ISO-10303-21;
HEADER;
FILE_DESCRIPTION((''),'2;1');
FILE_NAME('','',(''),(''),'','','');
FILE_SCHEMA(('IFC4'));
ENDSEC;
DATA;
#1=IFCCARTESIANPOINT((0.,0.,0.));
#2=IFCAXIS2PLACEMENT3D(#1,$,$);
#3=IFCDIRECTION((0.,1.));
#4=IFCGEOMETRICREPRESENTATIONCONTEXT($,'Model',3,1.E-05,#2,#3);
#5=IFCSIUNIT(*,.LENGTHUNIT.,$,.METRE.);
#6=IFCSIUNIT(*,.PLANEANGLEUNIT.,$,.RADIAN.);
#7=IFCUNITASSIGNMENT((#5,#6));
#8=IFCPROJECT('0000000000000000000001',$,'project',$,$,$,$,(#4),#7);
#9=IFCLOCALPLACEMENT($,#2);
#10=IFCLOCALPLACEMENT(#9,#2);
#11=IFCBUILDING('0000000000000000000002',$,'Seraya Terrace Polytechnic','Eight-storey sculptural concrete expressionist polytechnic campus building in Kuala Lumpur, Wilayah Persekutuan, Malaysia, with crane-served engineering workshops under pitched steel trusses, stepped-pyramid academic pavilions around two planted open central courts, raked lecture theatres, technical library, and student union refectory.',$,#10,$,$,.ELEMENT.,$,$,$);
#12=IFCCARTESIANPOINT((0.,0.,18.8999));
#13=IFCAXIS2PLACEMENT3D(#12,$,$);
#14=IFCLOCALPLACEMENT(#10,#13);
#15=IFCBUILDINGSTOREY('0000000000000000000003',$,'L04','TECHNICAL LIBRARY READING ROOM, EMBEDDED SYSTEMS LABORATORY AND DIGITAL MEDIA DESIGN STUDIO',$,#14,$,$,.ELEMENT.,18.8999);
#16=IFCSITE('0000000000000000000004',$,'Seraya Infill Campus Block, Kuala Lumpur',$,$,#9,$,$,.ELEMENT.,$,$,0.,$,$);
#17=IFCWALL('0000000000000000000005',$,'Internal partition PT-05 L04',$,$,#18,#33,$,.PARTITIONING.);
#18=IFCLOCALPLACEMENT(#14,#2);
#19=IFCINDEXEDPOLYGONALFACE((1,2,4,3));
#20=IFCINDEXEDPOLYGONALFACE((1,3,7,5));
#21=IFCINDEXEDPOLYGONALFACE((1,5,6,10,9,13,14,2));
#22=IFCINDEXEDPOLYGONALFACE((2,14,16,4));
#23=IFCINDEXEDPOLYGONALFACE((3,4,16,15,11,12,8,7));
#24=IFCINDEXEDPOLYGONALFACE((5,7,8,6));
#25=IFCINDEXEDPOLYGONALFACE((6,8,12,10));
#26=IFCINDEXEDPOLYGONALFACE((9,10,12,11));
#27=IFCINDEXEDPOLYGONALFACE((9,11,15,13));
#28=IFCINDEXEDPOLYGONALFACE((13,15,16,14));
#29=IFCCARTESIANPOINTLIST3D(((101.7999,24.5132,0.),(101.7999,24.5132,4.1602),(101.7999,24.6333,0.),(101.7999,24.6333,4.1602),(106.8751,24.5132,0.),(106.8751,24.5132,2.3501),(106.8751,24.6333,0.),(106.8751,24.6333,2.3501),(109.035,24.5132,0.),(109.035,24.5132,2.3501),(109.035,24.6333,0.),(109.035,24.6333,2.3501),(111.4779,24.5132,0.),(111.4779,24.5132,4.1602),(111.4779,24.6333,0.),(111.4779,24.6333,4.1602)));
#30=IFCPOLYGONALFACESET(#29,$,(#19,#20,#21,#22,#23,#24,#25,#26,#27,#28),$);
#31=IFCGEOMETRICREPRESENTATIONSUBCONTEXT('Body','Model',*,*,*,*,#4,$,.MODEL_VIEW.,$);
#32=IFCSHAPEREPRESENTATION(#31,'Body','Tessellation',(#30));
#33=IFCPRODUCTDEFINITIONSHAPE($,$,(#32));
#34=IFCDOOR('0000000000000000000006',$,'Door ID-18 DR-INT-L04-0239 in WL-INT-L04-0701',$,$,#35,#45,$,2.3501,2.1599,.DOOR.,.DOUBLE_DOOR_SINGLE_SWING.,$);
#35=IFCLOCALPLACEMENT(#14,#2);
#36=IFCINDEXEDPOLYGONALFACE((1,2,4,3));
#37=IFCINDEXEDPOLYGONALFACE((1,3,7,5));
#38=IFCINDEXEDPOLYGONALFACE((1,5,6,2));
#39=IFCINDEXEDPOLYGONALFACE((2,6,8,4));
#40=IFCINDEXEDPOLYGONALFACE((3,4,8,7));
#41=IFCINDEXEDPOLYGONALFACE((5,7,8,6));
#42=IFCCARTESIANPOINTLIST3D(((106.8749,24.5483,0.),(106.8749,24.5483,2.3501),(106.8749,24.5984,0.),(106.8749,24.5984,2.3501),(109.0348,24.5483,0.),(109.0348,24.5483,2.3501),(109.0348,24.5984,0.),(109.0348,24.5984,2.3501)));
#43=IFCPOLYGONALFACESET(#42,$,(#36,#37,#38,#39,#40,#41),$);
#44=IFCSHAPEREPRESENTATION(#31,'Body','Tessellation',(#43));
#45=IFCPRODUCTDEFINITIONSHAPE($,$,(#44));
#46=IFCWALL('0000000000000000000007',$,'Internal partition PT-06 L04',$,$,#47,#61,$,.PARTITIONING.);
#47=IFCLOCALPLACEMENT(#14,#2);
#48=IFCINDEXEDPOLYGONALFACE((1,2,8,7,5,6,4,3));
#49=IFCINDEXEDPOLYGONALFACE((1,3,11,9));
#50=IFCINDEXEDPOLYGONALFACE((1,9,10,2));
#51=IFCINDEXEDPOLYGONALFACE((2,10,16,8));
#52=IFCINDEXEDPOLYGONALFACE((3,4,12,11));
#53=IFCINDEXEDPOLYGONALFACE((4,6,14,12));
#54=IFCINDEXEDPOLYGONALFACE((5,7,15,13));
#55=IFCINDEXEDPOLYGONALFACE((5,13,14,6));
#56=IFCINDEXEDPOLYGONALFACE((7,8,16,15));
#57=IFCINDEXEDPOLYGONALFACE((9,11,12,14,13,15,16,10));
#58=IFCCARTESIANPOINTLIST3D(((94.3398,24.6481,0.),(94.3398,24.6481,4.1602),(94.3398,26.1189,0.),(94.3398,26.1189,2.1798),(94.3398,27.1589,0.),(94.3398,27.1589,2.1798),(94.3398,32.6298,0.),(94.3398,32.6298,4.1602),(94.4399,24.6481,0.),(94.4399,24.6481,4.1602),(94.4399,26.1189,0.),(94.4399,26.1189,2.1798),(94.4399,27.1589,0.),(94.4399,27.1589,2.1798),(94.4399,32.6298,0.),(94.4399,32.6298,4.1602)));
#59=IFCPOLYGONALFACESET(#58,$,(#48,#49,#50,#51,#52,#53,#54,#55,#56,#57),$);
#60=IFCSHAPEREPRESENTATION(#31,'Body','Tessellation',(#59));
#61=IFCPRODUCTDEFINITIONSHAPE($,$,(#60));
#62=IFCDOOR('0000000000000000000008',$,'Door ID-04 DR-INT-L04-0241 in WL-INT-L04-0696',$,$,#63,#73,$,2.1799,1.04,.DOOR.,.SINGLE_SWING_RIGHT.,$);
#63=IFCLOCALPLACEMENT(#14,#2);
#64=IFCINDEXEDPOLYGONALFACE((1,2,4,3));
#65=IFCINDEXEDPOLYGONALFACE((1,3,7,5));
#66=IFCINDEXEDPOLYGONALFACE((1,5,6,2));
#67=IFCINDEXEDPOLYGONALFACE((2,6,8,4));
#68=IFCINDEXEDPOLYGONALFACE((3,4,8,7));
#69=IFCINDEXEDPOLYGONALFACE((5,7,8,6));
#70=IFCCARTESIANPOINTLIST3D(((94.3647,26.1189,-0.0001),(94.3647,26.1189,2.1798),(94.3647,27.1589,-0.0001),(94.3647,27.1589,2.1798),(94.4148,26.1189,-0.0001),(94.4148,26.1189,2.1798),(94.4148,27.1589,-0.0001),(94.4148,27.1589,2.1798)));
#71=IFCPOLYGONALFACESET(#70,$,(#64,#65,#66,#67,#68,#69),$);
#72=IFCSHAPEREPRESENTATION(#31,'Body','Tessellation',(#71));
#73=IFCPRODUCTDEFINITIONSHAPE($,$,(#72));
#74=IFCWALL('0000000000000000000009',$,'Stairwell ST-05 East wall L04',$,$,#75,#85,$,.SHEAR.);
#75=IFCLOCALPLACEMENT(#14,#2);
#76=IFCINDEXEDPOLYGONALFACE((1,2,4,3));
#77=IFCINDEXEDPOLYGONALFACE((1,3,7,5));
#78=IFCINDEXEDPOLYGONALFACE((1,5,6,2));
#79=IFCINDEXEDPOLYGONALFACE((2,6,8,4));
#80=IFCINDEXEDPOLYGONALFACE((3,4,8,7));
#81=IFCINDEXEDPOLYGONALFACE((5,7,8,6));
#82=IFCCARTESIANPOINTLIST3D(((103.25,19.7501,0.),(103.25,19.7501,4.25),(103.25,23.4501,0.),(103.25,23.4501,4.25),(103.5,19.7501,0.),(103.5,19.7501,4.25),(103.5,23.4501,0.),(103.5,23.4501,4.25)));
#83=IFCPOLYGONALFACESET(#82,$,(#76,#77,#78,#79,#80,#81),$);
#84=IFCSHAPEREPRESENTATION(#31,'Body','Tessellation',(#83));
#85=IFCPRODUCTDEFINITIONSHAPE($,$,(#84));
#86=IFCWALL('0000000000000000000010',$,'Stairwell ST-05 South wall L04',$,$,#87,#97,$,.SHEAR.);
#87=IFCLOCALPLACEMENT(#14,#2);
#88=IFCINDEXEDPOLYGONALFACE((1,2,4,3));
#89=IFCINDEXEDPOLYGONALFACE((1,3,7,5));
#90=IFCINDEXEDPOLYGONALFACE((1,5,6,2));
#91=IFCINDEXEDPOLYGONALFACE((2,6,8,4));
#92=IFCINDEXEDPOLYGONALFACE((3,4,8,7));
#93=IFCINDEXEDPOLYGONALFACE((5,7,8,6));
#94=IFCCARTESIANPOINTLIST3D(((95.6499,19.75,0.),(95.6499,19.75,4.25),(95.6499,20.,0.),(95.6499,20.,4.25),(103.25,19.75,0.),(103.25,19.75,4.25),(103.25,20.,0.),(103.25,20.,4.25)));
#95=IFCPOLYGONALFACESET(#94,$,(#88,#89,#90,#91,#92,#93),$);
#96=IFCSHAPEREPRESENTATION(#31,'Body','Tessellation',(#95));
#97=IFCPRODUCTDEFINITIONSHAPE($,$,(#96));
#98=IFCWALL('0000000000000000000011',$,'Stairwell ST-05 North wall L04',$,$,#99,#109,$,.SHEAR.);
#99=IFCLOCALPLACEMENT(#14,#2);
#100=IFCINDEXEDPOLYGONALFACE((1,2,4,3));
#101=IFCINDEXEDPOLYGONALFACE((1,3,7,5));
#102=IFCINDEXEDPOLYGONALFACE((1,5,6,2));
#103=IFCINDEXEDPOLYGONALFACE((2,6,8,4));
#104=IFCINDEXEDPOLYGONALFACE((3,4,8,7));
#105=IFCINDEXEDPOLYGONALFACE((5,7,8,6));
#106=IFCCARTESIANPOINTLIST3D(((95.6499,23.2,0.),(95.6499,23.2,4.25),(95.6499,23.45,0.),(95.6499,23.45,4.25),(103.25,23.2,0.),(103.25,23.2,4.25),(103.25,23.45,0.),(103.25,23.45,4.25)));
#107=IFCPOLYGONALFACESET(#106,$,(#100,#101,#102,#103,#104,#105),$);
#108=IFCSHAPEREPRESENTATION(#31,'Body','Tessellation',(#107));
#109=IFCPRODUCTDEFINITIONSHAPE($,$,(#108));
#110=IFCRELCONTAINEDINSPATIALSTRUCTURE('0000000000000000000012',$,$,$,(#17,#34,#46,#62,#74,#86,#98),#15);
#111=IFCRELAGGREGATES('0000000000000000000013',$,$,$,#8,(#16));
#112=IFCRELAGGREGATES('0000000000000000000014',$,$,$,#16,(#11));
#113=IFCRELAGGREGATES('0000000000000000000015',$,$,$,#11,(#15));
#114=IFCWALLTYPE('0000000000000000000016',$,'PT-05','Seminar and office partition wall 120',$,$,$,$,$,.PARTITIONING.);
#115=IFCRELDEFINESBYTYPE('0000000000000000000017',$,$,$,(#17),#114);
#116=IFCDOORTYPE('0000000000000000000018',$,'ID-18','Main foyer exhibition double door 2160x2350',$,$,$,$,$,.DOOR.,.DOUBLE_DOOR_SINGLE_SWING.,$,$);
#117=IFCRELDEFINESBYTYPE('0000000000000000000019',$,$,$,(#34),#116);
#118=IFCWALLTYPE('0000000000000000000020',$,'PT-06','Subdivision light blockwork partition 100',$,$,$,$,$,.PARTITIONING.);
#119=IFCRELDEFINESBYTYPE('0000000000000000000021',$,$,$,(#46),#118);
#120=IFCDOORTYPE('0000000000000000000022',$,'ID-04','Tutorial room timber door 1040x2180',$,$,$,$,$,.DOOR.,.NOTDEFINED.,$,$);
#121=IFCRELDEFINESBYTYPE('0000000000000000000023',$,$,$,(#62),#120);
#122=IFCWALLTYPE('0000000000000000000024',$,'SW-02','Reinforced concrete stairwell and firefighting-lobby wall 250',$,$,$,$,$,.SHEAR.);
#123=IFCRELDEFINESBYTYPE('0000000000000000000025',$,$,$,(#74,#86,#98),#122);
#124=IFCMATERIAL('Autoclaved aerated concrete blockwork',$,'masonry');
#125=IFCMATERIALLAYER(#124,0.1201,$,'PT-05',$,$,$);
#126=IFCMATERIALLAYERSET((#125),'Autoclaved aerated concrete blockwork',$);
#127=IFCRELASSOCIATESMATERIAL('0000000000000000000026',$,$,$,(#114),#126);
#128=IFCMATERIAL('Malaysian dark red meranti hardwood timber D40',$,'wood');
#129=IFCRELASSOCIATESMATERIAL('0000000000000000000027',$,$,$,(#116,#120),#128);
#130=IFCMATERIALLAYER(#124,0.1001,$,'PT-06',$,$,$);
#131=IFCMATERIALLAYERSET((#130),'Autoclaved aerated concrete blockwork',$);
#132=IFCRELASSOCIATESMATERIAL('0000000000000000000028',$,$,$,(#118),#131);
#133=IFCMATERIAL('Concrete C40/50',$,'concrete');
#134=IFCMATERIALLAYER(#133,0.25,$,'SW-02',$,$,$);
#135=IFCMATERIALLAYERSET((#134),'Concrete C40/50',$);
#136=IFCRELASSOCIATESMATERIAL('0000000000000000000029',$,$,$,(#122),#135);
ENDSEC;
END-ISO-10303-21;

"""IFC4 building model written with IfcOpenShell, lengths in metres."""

from ifc_helpers import new_model, si_unit, direction, frame, frame_2d, origin, place, context, subcontext, project, spatial, rectangle, extrude, material, layer, layer_set, type_object, element, fill, save


model = new_model("IFC4")

# Units and contexts
model_context = context("Model", 3, precision=1e-05, world=origin(), true_north=direction((0.0, 1.0)))
body_context = subcontext(model_context, "Body", "Model", "MODEL_VIEW")
ifc_project = project(units=[si_unit("LENGTHUNIT", "METRE"), si_unit("PLANEANGLEUNIT", "RADIAN")], contexts=[model_context])

# Site, building, storey
site_placement = place(None, origin())
site = spatial("IfcSite", under=ifc_project, at=site_placement, Name="Seraya Infill Campus Block, Kuala Lumpur", CompositionType="ELEMENT", RefElevation=0.0)
building_placement = place(site_placement, origin())
building = spatial("IfcBuilding", under=site, at=building_placement, Name="Seraya Terrace Polytechnic", Description="Eight-storey sculptural concrete expressionist polytechnic campus building in Kuala Lumpur, Wilayah Persekutuan, Malaysia, with crane-served engineering workshops under pitched steel trusses, stepped-pyramid academic pavilions around two planted open central courts, raked lecture theatres, technical library, and student union refectory.", CompositionType="ELEMENT")
storey_placement = place(building_placement, frame((0.0, 0.0, 18.8999)))
storey = spatial("IfcBuildingStorey", under=building, at=storey_placement, Name="L04", Description="TECHNICAL LIBRARY READING ROOM, EMBEDDED SYSTEMS LABORATORY AND DIGITAL MEDIA DESIGN STUDIO", CompositionType="ELEMENT", Elevation=18.8999)

# Shared definitions
ifc_material_1 = material(Name="Concrete C40/50", Category="concrete")

# Shared definitions
ifc_material_2 = material(Name="Autoclaved aerated concrete blockwork", Category="masonry")

# Walls, openings, doors
ifc_layer_1 = layer(ifc_material_2, 0.1201, Name="PT-05")
ifc_layer_set_1 = layer_set([ifc_layer_1], Name="Autoclaved aerated concrete blockwork")
wall_type_1 = type_object("IfcWallType", Name="PT-05", Description="Seminar and office partition wall 120", PredefinedType="PARTITIONING", material=ifc_layer_set_1)
wall_1_placement = place(storey_placement, frame((101.8, 24.5732, 0.0), z_axis=(0.0, 0.0, 1.0), x_axis=(1.0, 0.0, 0.0)))
wall_1 = element("IfcWall", 1, at=wall_1_placement, inside=storey, type_object=wall_type_1, Name="Internal partition PT-05 L04", PredefinedType="PARTITIONING", context=body_context, shape_type="SweptSolid", body=[
    extrude(rectangle(XDim=9.678, YDim=0.1201, at=frame_2d((4.8389, 0.0))), origin(), (0.0, 0.0, 1.0), 4.1602),
])
opening_1_placement = place(wall_1_placement, frame((5.075, 0.0, 0.0)))
opening_1 = element("IfcOpeningElement", 2, at=opening_1_placement, cuts=wall_1, PredefinedType="OPENING", context=body_context, shape_type="SweptSolid", body=[
    extrude(rectangle(XDim=2.1599, YDim=2.3501, at=frame_2d((1.0801, 1.175))), frame((0.0, 0.072, 0.0), z_axis=(0.0, -1.0, 0.0), x_axis=(1.0, 0.0, 0.0)), (0.0, 0.0, 1.0), 0.144),
])
ifc_material_3 = material(Name="Malaysian dark red meranti hardwood timber D40", Category="wood")
door_type_1 = type_object("IfcDoorType", Name="ID-18", Description="Main foyer exhibition double door 2160x2350", OperationType="DOUBLE_DOOR_SINGLE_SWING", PredefinedType="DOOR", material=ifc_material_3)
door_1_placement = place(opening_1_placement, frame((2.1599, 0.0, 0.0), z_axis=(0.0, 0.0, 1.0), x_axis=(-1.0, 0.0, 0.0)))
door_1 = element("IfcDoor", 3, at=door_1_placement, inside=storey, type_object=door_type_1, Name="Door ID-18 DR-INT-L04-0239 in WL-INT-L04-0701", OperationType="DOUBLE_DOOR_SINGLE_SWING", OverallHeight=2.3501, OverallWidth=2.1599, PredefinedType="DOOR", context=body_context, shape_type="SweptSolid", body=[
    extrude(rectangle(XDim=2.1599, YDim=2.3501, at=frame_2d((1.0801, 1.175))), frame((0.0, 0.0249, 0.0), z_axis=(0.0, -1.0, 0.0), x_axis=(1.0, 0.0, 0.0)), (0.0, 0.0, 1.0), 0.05),
])
fill(opening_1, door_1)
ifc_layer_2 = layer(ifc_material_2, 0.1001, Name="PT-06")
ifc_layer_set_2 = layer_set([ifc_layer_2], Name="Autoclaved aerated concrete blockwork")
wall_type_2 = type_object("IfcWallType", Name="PT-06", Description="Subdivision light blockwork partition 100", PredefinedType="PARTITIONING", material=ifc_layer_set_2)
wall_2_placement = place(storey_placement, frame((94.3899, 24.6482, 0.0), z_axis=(0.0, 0.0, 1.0), x_axis=(0.0, 1.0, 0.0)))
wall_2 = element("IfcWall", 4, at=wall_2_placement, inside=storey, type_object=wall_type_2, Name="Internal partition PT-06 L04", PredefinedType="PARTITIONING", context=body_context, shape_type="SweptSolid", body=[
    extrude(rectangle(XDim=7.9817, YDim=0.1001, at=frame_2d((3.9907, 0.0))), origin(), (0.0, 0.0, 1.0), 4.1602),
])
opening_2_placement = place(wall_2_placement, frame((1.4707, 0.0, 0.0)))
opening_2 = element("IfcOpeningElement", 5, at=opening_2_placement, cuts=wall_2, PredefinedType="OPENING", context=body_context, shape_type="SweptSolid", body=[
    extrude(rectangle(XDim=1.04, YDim=2.1799, at=frame_2d((0.52, 1.0898))), frame((0.0, 0.062, 0.0), z_axis=(0.0, -1.0, 0.0), x_axis=(1.0, 0.0, 0.0)), (0.0, 0.0, 1.0), 0.124),
])
door_type_2 = type_object("IfcDoorType", Name="ID-04", Description="Tutorial room timber door 1040x2180", OperationType="NOTDEFINED", PredefinedType="DOOR", material=ifc_material_3)
door_2_placement = place(opening_2_placement, frame((1.04, 0.0, 0.0), z_axis=(0.0, 0.0, 1.0), x_axis=(-1.0, 0.0, 0.0)))
door_2 = element("IfcDoor", 6, at=door_2_placement, inside=storey, type_object=door_type_2, Name="Door ID-04 DR-INT-L04-0241 in WL-INT-L04-0696", OperationType="SINGLE_SWING_RIGHT", OverallHeight=2.1799, OverallWidth=1.04, PredefinedType="DOOR", context=body_context, shape_type="SweptSolid", body=[
    extrude(rectangle(XDim=1.04, YDim=2.1799, at=frame_2d((0.52, 1.0898))), frame((0.0, 0.0249, 0.0), z_axis=(0.0, -1.0, 0.0), x_axis=(1.0, 0.0, 0.0)), (0.0, 0.0, 1.0), 0.05),
])
fill(opening_2, door_2)
ifc_layer_3 = layer(ifc_material_1, 0.25, Name="SW-02")
ifc_layer_set_3 = layer_set([ifc_layer_3], Name="Concrete C40/50")
wall_type_3 = type_object("IfcWallType", Name="SW-02", Description="Reinforced concrete stairwell and firefighting-lobby wall 250", PredefinedType="SHEAR", material=ifc_layer_set_3)

# Walls
wall_3_placement = place(storey_placement, frame((103.375, 19.75, 0.0), z_axis=(0.0, 0.0, 1.0), x_axis=(0.0, 1.0, 0.0)))
element("IfcWall", 7, at=wall_3_placement, inside=storey, type_object=wall_type_3, Name="Stairwell ST-05 East wall L04", PredefinedType="SHEAR", context=body_context, shape_type="SweptSolid", body=[
    extrude(rectangle(XDim=3.7, YDim=0.25, at=frame_2d((1.8501, 0.0))), origin(), (0.0, 0.0, 1.0), 4.25),
])
for number, where, z_axis, x_axis, name in (
    (8, (95.6499, 19.875, 0.0), (0.0, 0.0, 1.0), (1.0, 0.0, 0.0), "Stairwell ST-05 South wall L04"),
    (9, (95.6499, 23.325, 0.0), (0.0, 0.0, 1.0), (1.0, 0.0, 0.0), "Stairwell ST-05 North wall L04"),
):
    element("IfcWall", number, at=place(storey_placement, frame(where, z_axis=z_axis, x_axis=x_axis)), inside=storey, type_object=wall_type_3, Name=name, PredefinedType="SHEAR", context=body_context, shape_type="SweptSolid", body=[
        extrude(rectangle(XDim=7.6001, YDim=0.25, at=frame_2d((3.8, 0.0))), origin(), (0.0, 0.0, 1.0), 4.25),
    ])

save(model, "model.ifc")
